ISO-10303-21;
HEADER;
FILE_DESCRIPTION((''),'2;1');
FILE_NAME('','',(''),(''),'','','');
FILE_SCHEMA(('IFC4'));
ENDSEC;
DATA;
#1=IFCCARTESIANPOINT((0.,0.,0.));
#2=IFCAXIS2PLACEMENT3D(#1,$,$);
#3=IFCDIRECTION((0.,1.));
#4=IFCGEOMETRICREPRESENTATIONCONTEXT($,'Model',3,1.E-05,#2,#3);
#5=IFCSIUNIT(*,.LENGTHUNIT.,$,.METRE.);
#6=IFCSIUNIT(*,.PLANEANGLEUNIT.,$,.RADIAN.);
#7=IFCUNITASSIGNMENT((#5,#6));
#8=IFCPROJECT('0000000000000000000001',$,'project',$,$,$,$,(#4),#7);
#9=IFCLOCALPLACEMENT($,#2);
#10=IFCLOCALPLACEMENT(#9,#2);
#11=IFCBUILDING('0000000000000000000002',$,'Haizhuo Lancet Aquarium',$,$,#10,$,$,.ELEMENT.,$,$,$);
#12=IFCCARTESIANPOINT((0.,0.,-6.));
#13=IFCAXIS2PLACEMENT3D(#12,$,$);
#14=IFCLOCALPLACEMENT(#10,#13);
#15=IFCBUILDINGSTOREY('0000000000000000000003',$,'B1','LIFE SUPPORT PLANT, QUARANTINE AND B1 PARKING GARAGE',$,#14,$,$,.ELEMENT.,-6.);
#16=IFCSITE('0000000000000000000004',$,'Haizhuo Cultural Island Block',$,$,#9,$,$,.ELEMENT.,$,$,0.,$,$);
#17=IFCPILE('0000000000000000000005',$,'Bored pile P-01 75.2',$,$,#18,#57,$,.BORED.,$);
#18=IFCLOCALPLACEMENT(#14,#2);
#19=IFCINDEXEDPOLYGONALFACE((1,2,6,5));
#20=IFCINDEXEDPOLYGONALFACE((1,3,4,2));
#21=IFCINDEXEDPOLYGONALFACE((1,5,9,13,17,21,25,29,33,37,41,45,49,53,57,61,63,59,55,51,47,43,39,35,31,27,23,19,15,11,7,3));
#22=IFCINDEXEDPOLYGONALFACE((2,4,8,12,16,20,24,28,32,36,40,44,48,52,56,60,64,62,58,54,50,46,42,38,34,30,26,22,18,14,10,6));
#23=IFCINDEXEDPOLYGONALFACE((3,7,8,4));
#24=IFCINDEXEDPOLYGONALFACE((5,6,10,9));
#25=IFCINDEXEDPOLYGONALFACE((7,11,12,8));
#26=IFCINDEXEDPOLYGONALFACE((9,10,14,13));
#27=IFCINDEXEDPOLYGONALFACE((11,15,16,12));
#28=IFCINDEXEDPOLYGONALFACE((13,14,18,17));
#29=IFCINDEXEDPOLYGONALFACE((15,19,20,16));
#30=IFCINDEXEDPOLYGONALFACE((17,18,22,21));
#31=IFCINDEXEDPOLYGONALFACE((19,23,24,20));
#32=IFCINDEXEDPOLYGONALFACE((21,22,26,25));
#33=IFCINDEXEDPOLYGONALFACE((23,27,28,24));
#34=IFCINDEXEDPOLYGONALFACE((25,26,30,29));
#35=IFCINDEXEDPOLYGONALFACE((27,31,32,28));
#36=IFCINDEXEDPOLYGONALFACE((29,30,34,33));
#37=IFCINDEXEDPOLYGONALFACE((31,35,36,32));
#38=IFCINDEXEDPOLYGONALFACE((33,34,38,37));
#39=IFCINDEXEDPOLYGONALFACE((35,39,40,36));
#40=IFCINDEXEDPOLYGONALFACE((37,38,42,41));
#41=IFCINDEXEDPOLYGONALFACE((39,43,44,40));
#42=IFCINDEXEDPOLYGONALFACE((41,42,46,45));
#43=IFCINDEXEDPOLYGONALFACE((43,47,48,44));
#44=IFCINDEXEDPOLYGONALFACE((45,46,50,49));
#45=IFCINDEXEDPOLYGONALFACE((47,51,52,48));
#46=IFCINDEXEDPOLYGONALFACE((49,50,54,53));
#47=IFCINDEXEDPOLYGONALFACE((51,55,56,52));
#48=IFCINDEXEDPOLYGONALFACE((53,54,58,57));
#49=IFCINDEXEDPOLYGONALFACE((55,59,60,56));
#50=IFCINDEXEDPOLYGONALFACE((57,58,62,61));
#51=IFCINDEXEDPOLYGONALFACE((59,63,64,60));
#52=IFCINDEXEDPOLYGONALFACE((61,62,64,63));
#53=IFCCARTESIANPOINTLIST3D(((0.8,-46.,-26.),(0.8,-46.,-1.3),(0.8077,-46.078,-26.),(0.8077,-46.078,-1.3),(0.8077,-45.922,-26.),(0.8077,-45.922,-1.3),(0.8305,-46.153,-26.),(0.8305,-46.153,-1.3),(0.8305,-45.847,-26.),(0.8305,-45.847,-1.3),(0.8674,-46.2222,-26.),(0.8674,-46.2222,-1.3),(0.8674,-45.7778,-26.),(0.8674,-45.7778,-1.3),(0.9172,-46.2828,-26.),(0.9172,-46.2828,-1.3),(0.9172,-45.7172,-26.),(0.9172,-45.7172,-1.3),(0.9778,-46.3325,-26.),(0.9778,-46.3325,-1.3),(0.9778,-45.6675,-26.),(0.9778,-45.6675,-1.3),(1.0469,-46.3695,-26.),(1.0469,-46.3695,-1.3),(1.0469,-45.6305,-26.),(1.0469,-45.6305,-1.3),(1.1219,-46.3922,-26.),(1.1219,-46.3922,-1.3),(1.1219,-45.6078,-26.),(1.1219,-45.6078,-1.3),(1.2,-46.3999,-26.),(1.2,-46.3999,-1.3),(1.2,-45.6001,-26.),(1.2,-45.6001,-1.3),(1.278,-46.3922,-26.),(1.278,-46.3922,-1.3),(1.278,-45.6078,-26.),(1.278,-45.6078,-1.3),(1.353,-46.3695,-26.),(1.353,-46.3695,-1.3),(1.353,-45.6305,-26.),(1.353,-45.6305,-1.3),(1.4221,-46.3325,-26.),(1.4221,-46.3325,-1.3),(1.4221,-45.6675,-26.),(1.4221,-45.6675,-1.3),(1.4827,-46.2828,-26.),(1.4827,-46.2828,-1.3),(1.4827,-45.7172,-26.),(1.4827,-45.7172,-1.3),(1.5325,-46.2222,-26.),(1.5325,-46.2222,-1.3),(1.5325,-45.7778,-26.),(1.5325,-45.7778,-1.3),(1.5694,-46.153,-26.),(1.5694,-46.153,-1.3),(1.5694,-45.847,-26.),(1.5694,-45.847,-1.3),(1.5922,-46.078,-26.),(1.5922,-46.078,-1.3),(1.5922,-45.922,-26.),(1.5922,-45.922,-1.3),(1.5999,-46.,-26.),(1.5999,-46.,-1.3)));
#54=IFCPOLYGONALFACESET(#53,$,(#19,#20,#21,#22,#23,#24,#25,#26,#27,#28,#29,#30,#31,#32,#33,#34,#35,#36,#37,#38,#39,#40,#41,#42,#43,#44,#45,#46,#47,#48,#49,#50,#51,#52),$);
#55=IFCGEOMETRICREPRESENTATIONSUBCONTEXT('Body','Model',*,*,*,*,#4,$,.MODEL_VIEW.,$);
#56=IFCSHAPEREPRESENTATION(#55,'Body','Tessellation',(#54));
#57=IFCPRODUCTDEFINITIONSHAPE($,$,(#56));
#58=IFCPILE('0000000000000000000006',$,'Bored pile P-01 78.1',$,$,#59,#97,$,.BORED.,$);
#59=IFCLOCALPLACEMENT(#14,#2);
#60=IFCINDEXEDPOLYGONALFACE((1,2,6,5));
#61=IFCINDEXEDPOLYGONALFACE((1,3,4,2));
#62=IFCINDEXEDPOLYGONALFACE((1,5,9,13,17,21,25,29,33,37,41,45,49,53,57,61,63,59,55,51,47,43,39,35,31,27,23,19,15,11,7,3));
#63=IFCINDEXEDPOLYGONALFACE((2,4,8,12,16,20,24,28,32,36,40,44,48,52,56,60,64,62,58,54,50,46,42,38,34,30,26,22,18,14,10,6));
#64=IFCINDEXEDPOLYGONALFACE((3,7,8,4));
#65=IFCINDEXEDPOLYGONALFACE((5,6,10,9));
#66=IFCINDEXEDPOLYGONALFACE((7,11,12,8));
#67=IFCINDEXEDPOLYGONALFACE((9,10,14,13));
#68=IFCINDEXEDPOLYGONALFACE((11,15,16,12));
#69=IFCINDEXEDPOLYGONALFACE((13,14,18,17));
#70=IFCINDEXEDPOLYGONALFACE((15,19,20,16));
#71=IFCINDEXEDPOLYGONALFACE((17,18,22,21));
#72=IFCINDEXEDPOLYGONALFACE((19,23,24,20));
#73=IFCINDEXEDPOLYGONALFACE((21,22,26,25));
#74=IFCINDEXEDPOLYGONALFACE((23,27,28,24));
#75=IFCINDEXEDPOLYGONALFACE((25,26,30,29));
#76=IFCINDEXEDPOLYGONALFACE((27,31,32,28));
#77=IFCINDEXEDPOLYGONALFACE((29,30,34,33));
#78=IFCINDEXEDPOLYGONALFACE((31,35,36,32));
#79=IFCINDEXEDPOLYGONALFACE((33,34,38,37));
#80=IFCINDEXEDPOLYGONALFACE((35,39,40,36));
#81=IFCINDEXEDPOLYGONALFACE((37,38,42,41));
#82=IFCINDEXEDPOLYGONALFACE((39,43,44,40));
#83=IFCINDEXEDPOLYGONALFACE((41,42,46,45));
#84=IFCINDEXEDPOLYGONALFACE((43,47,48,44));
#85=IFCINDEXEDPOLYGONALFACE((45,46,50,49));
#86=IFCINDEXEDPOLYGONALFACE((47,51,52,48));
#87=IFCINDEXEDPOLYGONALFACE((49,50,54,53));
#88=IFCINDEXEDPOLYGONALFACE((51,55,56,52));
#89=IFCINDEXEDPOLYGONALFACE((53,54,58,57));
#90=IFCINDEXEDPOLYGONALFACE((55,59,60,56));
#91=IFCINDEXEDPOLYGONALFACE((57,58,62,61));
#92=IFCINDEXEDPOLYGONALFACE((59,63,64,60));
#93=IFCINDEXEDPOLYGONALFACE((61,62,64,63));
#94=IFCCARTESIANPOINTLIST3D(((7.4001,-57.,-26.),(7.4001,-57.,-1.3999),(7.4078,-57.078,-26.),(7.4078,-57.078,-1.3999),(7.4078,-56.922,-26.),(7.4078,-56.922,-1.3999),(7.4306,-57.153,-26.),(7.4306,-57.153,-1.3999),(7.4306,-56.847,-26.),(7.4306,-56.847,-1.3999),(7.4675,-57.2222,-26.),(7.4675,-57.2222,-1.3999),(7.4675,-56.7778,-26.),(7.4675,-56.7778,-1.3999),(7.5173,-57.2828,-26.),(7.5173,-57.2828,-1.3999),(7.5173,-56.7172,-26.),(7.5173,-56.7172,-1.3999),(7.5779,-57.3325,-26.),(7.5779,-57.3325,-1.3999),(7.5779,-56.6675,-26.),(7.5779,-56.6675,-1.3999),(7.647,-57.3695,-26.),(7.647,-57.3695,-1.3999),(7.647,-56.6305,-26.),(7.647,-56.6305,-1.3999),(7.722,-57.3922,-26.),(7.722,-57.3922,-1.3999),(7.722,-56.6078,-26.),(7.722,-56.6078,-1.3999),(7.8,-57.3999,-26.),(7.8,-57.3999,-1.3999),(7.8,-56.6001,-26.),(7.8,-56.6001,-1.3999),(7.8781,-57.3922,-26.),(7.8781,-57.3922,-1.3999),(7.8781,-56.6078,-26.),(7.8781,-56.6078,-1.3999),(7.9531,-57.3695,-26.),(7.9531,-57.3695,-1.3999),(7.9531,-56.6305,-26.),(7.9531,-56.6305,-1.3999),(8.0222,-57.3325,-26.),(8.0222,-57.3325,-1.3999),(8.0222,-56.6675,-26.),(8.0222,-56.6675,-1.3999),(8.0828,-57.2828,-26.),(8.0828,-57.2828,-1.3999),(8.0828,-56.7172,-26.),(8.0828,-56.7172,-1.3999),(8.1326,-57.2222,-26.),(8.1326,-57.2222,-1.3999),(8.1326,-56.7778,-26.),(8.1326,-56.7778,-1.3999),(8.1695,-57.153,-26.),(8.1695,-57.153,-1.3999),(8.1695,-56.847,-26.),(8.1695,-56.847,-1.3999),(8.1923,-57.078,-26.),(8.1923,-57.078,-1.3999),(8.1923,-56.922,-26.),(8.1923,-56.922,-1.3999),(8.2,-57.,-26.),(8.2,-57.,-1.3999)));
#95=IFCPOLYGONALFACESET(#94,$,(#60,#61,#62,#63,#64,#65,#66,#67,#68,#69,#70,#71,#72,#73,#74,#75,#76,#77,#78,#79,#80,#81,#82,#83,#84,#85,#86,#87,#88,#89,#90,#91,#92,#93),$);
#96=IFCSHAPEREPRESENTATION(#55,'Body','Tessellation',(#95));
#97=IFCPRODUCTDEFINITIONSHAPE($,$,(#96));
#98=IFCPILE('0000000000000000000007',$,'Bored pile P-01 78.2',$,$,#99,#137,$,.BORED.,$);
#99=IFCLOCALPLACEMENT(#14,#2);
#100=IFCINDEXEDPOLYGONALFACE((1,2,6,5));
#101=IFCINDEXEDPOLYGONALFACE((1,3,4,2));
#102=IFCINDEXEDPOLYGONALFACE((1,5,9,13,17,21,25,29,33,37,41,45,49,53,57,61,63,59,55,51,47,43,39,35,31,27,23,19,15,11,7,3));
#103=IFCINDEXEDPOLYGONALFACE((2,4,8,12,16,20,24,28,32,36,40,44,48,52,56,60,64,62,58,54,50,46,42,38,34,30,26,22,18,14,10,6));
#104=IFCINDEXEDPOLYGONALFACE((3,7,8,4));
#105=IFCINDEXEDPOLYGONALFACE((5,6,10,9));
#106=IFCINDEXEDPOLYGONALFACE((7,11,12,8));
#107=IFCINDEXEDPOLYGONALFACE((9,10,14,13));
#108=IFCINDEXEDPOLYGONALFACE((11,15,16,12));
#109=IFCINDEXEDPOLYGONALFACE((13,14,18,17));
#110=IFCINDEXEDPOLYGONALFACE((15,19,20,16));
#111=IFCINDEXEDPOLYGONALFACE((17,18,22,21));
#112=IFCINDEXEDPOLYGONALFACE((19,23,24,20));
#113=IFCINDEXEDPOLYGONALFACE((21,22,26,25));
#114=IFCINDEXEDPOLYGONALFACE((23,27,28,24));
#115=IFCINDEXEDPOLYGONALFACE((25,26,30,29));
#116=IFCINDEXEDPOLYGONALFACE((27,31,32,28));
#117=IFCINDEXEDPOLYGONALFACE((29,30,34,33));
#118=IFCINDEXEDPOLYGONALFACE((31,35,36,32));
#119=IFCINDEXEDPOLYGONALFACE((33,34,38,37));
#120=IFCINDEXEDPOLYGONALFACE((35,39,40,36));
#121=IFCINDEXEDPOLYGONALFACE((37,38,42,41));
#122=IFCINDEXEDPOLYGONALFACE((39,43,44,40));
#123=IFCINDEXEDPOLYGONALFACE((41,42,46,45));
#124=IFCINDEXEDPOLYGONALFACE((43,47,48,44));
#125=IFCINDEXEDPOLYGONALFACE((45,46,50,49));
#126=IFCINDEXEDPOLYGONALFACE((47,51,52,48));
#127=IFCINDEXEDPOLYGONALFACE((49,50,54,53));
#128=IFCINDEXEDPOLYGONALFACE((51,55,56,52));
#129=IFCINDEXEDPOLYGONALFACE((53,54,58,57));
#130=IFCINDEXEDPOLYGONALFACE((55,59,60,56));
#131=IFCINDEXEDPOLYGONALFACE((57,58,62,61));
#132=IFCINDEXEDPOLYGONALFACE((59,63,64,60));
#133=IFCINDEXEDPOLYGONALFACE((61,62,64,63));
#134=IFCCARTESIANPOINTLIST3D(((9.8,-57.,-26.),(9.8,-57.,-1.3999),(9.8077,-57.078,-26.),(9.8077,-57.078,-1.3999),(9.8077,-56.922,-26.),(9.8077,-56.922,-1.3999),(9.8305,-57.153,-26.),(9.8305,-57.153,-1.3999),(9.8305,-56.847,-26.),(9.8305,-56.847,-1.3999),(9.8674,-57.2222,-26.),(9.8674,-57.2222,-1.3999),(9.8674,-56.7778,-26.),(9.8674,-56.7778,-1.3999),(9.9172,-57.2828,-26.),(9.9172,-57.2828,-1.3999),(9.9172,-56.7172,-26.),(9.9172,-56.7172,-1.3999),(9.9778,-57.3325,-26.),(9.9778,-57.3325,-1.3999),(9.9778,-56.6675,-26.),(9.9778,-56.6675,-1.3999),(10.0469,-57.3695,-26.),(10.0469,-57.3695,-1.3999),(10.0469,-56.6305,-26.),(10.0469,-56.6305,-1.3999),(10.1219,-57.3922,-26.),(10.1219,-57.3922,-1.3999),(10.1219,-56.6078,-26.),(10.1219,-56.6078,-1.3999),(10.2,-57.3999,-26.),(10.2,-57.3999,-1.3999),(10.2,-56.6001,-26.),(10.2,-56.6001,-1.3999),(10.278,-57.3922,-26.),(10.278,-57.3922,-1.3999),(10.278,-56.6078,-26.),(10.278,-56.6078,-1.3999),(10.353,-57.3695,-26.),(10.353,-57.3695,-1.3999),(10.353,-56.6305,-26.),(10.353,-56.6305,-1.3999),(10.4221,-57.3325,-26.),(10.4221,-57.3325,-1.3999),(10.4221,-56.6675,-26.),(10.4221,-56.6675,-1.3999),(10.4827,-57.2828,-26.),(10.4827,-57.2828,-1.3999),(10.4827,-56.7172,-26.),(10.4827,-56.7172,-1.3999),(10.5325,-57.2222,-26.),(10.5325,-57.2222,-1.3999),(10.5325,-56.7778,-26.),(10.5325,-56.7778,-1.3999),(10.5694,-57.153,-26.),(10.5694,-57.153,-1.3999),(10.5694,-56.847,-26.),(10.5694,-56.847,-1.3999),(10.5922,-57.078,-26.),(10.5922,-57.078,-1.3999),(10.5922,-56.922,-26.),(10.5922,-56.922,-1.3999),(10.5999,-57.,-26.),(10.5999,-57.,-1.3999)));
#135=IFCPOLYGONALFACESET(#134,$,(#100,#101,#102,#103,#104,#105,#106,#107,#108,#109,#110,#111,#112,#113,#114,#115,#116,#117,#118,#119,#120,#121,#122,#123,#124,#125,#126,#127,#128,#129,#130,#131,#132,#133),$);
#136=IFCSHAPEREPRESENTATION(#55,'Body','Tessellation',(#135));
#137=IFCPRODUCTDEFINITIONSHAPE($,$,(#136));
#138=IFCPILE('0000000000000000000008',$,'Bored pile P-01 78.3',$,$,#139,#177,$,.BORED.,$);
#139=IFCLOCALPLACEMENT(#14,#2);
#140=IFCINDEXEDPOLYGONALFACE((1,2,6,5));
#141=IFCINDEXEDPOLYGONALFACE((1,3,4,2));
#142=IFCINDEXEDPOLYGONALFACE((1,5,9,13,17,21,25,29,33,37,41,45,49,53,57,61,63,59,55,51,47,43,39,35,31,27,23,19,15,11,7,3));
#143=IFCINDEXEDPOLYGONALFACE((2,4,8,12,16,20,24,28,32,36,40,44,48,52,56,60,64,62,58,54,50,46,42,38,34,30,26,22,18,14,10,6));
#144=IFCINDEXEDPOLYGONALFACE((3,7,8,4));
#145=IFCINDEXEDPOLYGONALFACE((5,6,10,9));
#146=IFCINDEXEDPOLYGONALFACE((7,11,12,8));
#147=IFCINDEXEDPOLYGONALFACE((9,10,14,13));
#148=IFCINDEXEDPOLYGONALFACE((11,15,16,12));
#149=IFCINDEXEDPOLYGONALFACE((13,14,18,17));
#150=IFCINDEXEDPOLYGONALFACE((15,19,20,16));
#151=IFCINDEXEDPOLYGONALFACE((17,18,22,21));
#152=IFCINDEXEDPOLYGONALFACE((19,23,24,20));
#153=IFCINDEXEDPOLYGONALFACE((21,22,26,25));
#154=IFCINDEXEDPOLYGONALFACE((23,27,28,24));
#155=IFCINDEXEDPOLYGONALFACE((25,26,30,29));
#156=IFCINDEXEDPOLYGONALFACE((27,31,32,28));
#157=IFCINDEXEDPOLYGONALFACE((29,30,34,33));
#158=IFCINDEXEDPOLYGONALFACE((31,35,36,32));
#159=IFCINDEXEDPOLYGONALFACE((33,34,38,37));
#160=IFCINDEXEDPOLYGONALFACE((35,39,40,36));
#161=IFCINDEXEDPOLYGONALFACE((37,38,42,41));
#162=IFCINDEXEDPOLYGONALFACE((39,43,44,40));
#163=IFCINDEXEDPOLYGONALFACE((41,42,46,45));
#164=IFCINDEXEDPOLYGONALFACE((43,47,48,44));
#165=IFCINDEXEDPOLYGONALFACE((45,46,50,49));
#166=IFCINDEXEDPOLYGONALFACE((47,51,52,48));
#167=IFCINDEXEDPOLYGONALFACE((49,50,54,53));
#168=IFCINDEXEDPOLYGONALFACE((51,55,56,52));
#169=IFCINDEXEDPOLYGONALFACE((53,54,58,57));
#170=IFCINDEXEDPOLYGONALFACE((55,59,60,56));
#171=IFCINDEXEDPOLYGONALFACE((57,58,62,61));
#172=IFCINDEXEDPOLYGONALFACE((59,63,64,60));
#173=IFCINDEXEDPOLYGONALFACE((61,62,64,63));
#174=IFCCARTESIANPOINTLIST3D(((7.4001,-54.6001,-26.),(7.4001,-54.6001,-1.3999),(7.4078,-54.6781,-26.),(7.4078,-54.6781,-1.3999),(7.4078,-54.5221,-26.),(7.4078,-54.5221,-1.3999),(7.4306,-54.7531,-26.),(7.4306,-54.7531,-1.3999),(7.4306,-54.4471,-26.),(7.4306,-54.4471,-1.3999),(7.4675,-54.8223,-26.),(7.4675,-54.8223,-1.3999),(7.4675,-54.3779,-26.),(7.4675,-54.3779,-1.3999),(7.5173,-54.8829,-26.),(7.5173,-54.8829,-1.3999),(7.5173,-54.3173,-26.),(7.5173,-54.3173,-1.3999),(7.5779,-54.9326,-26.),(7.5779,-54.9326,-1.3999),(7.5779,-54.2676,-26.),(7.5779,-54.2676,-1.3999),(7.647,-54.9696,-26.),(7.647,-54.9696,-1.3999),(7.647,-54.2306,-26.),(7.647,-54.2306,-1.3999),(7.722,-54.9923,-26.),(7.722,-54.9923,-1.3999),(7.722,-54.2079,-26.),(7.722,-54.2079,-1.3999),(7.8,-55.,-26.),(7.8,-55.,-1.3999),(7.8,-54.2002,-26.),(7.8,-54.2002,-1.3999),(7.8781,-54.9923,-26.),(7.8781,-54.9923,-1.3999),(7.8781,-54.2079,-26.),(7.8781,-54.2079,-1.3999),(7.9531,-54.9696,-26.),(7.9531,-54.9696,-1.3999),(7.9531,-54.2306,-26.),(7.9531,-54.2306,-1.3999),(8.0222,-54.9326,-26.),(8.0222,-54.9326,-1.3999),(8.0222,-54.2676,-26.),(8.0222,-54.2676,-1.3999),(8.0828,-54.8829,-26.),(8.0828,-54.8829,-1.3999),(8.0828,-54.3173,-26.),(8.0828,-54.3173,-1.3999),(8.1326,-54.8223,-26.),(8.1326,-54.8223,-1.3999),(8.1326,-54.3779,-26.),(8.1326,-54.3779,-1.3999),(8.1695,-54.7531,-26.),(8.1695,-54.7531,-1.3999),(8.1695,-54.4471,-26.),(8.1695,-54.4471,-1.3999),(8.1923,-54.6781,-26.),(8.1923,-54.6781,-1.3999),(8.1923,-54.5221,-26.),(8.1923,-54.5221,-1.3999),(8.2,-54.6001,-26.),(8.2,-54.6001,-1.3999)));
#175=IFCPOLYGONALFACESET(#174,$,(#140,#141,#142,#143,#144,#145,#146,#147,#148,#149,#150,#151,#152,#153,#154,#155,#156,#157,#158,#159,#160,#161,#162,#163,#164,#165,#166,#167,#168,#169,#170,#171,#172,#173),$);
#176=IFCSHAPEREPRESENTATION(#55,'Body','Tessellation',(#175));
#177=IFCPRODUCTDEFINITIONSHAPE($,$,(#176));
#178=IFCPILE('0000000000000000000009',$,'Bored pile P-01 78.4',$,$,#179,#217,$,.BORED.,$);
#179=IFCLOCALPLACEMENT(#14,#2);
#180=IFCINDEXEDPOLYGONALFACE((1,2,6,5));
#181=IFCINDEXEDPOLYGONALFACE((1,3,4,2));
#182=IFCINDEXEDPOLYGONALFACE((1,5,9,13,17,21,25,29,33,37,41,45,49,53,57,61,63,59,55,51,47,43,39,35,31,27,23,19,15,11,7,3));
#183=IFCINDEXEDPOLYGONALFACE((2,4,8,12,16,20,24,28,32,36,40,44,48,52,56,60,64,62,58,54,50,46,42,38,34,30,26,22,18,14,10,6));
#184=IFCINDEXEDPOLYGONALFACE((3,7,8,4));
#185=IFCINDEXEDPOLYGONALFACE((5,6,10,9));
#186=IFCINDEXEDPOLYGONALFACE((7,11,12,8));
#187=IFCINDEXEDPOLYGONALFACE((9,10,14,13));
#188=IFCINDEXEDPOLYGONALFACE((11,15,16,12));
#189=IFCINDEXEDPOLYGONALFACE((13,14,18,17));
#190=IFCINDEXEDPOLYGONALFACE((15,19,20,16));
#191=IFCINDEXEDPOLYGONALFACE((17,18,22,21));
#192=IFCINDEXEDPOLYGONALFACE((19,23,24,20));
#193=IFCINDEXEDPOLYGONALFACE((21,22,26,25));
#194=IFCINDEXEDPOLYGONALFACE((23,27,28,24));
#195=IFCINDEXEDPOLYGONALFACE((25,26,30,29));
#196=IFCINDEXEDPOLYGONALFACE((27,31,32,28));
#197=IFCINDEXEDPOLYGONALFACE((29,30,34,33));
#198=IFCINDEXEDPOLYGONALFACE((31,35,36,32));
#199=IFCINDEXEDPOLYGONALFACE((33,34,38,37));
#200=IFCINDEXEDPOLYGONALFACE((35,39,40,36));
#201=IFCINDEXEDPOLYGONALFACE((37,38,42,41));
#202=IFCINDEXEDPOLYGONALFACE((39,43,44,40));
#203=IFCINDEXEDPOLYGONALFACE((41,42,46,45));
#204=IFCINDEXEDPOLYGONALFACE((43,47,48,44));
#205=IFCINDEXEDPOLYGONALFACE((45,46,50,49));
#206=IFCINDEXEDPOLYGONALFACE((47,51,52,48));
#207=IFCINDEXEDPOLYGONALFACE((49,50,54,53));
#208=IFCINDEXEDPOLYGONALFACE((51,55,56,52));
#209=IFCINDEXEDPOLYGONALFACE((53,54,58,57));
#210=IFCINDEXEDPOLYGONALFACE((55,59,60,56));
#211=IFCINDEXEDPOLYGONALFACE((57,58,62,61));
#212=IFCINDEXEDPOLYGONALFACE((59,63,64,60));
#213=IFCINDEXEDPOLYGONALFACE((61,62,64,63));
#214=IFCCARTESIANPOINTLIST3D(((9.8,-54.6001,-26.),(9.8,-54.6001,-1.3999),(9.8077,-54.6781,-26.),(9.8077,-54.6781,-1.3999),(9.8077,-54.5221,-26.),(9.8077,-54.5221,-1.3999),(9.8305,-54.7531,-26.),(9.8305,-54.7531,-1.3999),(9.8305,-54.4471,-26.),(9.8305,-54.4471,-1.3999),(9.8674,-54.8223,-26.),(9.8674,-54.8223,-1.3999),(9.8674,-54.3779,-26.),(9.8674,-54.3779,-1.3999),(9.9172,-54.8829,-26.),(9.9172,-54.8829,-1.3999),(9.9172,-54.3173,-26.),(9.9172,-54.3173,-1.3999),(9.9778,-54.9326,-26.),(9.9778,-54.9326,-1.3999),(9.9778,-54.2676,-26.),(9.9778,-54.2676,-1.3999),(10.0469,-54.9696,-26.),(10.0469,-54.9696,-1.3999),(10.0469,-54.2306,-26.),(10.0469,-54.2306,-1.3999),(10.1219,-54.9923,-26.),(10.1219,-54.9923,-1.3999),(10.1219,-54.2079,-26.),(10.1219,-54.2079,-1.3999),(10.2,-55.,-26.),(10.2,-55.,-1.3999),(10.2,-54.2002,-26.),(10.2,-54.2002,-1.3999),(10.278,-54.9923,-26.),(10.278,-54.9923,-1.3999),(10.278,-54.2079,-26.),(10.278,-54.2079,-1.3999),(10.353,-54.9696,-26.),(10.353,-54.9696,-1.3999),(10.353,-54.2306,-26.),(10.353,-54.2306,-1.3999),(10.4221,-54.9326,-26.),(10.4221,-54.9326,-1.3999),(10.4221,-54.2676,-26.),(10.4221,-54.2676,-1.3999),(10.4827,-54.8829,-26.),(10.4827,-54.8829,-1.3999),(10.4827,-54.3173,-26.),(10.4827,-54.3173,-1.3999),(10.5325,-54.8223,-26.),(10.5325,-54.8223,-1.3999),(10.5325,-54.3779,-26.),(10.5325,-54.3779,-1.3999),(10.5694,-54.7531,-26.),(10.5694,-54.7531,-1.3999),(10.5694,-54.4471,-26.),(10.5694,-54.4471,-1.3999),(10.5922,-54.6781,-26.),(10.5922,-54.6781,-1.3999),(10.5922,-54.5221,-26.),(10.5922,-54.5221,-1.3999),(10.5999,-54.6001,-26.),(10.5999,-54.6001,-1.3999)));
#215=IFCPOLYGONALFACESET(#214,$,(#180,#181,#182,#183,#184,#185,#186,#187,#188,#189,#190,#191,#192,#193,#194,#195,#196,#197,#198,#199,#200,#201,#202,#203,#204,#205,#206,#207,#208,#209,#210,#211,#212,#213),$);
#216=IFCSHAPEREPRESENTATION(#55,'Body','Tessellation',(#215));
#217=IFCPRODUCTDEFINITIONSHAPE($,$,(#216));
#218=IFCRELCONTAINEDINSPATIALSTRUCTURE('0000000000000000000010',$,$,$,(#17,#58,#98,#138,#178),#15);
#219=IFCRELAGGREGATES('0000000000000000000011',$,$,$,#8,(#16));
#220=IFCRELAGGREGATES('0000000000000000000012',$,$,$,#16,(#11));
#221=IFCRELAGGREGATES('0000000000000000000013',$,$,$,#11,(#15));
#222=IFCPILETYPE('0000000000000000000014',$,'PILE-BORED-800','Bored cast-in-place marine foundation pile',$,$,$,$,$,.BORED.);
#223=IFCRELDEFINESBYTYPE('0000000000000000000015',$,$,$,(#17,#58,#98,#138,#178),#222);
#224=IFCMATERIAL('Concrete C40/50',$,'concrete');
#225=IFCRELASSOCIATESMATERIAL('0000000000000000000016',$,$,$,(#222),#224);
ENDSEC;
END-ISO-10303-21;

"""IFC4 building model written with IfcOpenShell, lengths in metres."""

from ifc_helpers import new_model, si_unit, direction, frame, origin, origin_2d, place, context, subcontext, project, spatial, circle, extrude, material, material_profile, profile_set, type_object, element, save


model = new_model("IFC4")

# Units and contexts
model_context = context("Model", 3, precision=1e-05, world=origin(), true_north=direction((0.0, 1.0)))
body_context = subcontext(model_context, "Body", "Model", "MODEL_VIEW")
ifc_project = project(units=[si_unit("LENGTHUNIT", "METRE"), si_unit("PLANEANGLEUNIT", "RADIAN")], contexts=[model_context])

# Site, building, storey
site_placement = place(None, origin())
site = spatial("IfcSite", under=ifc_project, at=site_placement, Name="Haizhuo Cultural Island Block", CompositionType="ELEMENT", RefElevation=0.0)
building_placement = place(site_placement, origin())
building = spatial("IfcBuilding", under=site, at=building_placement, Name="Haizhuo Lancet Aquarium", CompositionType="ELEMENT")
storey_placement = place(building_placement, frame((0.0, 0.0, -6.0)))
storey = spatial("IfcBuildingStorey", under=building, at=storey_placement, Name="B1", Description="LIFE SUPPORT PLANT, QUARANTINE AND B1 PARKING GARAGE", CompositionType="ELEMENT", Elevation=-6.0)

# Shared definitions
ifc_material_1 = material(Name="Concrete C40/50", Category="concrete")

# Piles
ifc_material_profile_1 = material_profile(ifc_material_1, circle(Radius=0.3999, at=origin_2d()), Name="PILE-800")
ifc_profile_set_1 = profile_set([ifc_material_profile_1], Name="Concrete C40/50")
pile_type = type_object("IfcPileType", Name="PILE-BORED-800", Description="Bored cast-in-place marine foundation pile", PredefinedType="BORED", material=ifc_profile_set_1)
pile_placement = place(storey_placement, frame((1.2, -46.0, -1.3), z_axis=(0.0, 0.0, -1.0), x_axis=(1.0, 0.0, 0.0)))
element("IfcPile", 1, at=pile_placement, inside=storey, type_object=pile_type, Name="Bored pile P-01 75.2", PredefinedType="BORED", context=body_context, shape_type="SweptSolid", body=[
    extrude(circle(Radius=0.3999, at=origin_2d()), origin(), (0.0, 0.0, 1.0), 24.7),
])
for number, where, z_axis, x_axis, name in (
    (2, (7.8, -57.0, -1.3999), (0.0, 0.0, -1.0), (1.0, 0.0, 0.0), "Bored pile P-01 78.1"),
    (3, (10.2, -57.0, -1.3999), (0.0, 0.0, -1.0), (1.0, 0.0, 0.0), "Bored pile P-01 78.2"),
    (4, (7.8, -54.6001, -1.3999), (0.0, 0.0, -1.0), (1.0, 0.0, 0.0), "Bored pile P-01 78.3"),
    (5, (10.2, -54.6001, -1.3999), (0.0, 0.0, -1.0), (1.0, 0.0, 0.0), "Bored pile P-01 78.4"),
):
    element("IfcPile", number, at=place(storey_placement, frame(where, z_axis=z_axis, x_axis=x_axis)), inside=storey, type_object=pile_type, Name=name, PredefinedType="BORED", context=body_context, shape_type="SweptSolid", body=[
        extrude(circle(Radius=0.3999, at=origin_2d()), origin(), (0.0, 0.0, 1.0), 24.6001),
    ])

save(model, "model.ifc")
